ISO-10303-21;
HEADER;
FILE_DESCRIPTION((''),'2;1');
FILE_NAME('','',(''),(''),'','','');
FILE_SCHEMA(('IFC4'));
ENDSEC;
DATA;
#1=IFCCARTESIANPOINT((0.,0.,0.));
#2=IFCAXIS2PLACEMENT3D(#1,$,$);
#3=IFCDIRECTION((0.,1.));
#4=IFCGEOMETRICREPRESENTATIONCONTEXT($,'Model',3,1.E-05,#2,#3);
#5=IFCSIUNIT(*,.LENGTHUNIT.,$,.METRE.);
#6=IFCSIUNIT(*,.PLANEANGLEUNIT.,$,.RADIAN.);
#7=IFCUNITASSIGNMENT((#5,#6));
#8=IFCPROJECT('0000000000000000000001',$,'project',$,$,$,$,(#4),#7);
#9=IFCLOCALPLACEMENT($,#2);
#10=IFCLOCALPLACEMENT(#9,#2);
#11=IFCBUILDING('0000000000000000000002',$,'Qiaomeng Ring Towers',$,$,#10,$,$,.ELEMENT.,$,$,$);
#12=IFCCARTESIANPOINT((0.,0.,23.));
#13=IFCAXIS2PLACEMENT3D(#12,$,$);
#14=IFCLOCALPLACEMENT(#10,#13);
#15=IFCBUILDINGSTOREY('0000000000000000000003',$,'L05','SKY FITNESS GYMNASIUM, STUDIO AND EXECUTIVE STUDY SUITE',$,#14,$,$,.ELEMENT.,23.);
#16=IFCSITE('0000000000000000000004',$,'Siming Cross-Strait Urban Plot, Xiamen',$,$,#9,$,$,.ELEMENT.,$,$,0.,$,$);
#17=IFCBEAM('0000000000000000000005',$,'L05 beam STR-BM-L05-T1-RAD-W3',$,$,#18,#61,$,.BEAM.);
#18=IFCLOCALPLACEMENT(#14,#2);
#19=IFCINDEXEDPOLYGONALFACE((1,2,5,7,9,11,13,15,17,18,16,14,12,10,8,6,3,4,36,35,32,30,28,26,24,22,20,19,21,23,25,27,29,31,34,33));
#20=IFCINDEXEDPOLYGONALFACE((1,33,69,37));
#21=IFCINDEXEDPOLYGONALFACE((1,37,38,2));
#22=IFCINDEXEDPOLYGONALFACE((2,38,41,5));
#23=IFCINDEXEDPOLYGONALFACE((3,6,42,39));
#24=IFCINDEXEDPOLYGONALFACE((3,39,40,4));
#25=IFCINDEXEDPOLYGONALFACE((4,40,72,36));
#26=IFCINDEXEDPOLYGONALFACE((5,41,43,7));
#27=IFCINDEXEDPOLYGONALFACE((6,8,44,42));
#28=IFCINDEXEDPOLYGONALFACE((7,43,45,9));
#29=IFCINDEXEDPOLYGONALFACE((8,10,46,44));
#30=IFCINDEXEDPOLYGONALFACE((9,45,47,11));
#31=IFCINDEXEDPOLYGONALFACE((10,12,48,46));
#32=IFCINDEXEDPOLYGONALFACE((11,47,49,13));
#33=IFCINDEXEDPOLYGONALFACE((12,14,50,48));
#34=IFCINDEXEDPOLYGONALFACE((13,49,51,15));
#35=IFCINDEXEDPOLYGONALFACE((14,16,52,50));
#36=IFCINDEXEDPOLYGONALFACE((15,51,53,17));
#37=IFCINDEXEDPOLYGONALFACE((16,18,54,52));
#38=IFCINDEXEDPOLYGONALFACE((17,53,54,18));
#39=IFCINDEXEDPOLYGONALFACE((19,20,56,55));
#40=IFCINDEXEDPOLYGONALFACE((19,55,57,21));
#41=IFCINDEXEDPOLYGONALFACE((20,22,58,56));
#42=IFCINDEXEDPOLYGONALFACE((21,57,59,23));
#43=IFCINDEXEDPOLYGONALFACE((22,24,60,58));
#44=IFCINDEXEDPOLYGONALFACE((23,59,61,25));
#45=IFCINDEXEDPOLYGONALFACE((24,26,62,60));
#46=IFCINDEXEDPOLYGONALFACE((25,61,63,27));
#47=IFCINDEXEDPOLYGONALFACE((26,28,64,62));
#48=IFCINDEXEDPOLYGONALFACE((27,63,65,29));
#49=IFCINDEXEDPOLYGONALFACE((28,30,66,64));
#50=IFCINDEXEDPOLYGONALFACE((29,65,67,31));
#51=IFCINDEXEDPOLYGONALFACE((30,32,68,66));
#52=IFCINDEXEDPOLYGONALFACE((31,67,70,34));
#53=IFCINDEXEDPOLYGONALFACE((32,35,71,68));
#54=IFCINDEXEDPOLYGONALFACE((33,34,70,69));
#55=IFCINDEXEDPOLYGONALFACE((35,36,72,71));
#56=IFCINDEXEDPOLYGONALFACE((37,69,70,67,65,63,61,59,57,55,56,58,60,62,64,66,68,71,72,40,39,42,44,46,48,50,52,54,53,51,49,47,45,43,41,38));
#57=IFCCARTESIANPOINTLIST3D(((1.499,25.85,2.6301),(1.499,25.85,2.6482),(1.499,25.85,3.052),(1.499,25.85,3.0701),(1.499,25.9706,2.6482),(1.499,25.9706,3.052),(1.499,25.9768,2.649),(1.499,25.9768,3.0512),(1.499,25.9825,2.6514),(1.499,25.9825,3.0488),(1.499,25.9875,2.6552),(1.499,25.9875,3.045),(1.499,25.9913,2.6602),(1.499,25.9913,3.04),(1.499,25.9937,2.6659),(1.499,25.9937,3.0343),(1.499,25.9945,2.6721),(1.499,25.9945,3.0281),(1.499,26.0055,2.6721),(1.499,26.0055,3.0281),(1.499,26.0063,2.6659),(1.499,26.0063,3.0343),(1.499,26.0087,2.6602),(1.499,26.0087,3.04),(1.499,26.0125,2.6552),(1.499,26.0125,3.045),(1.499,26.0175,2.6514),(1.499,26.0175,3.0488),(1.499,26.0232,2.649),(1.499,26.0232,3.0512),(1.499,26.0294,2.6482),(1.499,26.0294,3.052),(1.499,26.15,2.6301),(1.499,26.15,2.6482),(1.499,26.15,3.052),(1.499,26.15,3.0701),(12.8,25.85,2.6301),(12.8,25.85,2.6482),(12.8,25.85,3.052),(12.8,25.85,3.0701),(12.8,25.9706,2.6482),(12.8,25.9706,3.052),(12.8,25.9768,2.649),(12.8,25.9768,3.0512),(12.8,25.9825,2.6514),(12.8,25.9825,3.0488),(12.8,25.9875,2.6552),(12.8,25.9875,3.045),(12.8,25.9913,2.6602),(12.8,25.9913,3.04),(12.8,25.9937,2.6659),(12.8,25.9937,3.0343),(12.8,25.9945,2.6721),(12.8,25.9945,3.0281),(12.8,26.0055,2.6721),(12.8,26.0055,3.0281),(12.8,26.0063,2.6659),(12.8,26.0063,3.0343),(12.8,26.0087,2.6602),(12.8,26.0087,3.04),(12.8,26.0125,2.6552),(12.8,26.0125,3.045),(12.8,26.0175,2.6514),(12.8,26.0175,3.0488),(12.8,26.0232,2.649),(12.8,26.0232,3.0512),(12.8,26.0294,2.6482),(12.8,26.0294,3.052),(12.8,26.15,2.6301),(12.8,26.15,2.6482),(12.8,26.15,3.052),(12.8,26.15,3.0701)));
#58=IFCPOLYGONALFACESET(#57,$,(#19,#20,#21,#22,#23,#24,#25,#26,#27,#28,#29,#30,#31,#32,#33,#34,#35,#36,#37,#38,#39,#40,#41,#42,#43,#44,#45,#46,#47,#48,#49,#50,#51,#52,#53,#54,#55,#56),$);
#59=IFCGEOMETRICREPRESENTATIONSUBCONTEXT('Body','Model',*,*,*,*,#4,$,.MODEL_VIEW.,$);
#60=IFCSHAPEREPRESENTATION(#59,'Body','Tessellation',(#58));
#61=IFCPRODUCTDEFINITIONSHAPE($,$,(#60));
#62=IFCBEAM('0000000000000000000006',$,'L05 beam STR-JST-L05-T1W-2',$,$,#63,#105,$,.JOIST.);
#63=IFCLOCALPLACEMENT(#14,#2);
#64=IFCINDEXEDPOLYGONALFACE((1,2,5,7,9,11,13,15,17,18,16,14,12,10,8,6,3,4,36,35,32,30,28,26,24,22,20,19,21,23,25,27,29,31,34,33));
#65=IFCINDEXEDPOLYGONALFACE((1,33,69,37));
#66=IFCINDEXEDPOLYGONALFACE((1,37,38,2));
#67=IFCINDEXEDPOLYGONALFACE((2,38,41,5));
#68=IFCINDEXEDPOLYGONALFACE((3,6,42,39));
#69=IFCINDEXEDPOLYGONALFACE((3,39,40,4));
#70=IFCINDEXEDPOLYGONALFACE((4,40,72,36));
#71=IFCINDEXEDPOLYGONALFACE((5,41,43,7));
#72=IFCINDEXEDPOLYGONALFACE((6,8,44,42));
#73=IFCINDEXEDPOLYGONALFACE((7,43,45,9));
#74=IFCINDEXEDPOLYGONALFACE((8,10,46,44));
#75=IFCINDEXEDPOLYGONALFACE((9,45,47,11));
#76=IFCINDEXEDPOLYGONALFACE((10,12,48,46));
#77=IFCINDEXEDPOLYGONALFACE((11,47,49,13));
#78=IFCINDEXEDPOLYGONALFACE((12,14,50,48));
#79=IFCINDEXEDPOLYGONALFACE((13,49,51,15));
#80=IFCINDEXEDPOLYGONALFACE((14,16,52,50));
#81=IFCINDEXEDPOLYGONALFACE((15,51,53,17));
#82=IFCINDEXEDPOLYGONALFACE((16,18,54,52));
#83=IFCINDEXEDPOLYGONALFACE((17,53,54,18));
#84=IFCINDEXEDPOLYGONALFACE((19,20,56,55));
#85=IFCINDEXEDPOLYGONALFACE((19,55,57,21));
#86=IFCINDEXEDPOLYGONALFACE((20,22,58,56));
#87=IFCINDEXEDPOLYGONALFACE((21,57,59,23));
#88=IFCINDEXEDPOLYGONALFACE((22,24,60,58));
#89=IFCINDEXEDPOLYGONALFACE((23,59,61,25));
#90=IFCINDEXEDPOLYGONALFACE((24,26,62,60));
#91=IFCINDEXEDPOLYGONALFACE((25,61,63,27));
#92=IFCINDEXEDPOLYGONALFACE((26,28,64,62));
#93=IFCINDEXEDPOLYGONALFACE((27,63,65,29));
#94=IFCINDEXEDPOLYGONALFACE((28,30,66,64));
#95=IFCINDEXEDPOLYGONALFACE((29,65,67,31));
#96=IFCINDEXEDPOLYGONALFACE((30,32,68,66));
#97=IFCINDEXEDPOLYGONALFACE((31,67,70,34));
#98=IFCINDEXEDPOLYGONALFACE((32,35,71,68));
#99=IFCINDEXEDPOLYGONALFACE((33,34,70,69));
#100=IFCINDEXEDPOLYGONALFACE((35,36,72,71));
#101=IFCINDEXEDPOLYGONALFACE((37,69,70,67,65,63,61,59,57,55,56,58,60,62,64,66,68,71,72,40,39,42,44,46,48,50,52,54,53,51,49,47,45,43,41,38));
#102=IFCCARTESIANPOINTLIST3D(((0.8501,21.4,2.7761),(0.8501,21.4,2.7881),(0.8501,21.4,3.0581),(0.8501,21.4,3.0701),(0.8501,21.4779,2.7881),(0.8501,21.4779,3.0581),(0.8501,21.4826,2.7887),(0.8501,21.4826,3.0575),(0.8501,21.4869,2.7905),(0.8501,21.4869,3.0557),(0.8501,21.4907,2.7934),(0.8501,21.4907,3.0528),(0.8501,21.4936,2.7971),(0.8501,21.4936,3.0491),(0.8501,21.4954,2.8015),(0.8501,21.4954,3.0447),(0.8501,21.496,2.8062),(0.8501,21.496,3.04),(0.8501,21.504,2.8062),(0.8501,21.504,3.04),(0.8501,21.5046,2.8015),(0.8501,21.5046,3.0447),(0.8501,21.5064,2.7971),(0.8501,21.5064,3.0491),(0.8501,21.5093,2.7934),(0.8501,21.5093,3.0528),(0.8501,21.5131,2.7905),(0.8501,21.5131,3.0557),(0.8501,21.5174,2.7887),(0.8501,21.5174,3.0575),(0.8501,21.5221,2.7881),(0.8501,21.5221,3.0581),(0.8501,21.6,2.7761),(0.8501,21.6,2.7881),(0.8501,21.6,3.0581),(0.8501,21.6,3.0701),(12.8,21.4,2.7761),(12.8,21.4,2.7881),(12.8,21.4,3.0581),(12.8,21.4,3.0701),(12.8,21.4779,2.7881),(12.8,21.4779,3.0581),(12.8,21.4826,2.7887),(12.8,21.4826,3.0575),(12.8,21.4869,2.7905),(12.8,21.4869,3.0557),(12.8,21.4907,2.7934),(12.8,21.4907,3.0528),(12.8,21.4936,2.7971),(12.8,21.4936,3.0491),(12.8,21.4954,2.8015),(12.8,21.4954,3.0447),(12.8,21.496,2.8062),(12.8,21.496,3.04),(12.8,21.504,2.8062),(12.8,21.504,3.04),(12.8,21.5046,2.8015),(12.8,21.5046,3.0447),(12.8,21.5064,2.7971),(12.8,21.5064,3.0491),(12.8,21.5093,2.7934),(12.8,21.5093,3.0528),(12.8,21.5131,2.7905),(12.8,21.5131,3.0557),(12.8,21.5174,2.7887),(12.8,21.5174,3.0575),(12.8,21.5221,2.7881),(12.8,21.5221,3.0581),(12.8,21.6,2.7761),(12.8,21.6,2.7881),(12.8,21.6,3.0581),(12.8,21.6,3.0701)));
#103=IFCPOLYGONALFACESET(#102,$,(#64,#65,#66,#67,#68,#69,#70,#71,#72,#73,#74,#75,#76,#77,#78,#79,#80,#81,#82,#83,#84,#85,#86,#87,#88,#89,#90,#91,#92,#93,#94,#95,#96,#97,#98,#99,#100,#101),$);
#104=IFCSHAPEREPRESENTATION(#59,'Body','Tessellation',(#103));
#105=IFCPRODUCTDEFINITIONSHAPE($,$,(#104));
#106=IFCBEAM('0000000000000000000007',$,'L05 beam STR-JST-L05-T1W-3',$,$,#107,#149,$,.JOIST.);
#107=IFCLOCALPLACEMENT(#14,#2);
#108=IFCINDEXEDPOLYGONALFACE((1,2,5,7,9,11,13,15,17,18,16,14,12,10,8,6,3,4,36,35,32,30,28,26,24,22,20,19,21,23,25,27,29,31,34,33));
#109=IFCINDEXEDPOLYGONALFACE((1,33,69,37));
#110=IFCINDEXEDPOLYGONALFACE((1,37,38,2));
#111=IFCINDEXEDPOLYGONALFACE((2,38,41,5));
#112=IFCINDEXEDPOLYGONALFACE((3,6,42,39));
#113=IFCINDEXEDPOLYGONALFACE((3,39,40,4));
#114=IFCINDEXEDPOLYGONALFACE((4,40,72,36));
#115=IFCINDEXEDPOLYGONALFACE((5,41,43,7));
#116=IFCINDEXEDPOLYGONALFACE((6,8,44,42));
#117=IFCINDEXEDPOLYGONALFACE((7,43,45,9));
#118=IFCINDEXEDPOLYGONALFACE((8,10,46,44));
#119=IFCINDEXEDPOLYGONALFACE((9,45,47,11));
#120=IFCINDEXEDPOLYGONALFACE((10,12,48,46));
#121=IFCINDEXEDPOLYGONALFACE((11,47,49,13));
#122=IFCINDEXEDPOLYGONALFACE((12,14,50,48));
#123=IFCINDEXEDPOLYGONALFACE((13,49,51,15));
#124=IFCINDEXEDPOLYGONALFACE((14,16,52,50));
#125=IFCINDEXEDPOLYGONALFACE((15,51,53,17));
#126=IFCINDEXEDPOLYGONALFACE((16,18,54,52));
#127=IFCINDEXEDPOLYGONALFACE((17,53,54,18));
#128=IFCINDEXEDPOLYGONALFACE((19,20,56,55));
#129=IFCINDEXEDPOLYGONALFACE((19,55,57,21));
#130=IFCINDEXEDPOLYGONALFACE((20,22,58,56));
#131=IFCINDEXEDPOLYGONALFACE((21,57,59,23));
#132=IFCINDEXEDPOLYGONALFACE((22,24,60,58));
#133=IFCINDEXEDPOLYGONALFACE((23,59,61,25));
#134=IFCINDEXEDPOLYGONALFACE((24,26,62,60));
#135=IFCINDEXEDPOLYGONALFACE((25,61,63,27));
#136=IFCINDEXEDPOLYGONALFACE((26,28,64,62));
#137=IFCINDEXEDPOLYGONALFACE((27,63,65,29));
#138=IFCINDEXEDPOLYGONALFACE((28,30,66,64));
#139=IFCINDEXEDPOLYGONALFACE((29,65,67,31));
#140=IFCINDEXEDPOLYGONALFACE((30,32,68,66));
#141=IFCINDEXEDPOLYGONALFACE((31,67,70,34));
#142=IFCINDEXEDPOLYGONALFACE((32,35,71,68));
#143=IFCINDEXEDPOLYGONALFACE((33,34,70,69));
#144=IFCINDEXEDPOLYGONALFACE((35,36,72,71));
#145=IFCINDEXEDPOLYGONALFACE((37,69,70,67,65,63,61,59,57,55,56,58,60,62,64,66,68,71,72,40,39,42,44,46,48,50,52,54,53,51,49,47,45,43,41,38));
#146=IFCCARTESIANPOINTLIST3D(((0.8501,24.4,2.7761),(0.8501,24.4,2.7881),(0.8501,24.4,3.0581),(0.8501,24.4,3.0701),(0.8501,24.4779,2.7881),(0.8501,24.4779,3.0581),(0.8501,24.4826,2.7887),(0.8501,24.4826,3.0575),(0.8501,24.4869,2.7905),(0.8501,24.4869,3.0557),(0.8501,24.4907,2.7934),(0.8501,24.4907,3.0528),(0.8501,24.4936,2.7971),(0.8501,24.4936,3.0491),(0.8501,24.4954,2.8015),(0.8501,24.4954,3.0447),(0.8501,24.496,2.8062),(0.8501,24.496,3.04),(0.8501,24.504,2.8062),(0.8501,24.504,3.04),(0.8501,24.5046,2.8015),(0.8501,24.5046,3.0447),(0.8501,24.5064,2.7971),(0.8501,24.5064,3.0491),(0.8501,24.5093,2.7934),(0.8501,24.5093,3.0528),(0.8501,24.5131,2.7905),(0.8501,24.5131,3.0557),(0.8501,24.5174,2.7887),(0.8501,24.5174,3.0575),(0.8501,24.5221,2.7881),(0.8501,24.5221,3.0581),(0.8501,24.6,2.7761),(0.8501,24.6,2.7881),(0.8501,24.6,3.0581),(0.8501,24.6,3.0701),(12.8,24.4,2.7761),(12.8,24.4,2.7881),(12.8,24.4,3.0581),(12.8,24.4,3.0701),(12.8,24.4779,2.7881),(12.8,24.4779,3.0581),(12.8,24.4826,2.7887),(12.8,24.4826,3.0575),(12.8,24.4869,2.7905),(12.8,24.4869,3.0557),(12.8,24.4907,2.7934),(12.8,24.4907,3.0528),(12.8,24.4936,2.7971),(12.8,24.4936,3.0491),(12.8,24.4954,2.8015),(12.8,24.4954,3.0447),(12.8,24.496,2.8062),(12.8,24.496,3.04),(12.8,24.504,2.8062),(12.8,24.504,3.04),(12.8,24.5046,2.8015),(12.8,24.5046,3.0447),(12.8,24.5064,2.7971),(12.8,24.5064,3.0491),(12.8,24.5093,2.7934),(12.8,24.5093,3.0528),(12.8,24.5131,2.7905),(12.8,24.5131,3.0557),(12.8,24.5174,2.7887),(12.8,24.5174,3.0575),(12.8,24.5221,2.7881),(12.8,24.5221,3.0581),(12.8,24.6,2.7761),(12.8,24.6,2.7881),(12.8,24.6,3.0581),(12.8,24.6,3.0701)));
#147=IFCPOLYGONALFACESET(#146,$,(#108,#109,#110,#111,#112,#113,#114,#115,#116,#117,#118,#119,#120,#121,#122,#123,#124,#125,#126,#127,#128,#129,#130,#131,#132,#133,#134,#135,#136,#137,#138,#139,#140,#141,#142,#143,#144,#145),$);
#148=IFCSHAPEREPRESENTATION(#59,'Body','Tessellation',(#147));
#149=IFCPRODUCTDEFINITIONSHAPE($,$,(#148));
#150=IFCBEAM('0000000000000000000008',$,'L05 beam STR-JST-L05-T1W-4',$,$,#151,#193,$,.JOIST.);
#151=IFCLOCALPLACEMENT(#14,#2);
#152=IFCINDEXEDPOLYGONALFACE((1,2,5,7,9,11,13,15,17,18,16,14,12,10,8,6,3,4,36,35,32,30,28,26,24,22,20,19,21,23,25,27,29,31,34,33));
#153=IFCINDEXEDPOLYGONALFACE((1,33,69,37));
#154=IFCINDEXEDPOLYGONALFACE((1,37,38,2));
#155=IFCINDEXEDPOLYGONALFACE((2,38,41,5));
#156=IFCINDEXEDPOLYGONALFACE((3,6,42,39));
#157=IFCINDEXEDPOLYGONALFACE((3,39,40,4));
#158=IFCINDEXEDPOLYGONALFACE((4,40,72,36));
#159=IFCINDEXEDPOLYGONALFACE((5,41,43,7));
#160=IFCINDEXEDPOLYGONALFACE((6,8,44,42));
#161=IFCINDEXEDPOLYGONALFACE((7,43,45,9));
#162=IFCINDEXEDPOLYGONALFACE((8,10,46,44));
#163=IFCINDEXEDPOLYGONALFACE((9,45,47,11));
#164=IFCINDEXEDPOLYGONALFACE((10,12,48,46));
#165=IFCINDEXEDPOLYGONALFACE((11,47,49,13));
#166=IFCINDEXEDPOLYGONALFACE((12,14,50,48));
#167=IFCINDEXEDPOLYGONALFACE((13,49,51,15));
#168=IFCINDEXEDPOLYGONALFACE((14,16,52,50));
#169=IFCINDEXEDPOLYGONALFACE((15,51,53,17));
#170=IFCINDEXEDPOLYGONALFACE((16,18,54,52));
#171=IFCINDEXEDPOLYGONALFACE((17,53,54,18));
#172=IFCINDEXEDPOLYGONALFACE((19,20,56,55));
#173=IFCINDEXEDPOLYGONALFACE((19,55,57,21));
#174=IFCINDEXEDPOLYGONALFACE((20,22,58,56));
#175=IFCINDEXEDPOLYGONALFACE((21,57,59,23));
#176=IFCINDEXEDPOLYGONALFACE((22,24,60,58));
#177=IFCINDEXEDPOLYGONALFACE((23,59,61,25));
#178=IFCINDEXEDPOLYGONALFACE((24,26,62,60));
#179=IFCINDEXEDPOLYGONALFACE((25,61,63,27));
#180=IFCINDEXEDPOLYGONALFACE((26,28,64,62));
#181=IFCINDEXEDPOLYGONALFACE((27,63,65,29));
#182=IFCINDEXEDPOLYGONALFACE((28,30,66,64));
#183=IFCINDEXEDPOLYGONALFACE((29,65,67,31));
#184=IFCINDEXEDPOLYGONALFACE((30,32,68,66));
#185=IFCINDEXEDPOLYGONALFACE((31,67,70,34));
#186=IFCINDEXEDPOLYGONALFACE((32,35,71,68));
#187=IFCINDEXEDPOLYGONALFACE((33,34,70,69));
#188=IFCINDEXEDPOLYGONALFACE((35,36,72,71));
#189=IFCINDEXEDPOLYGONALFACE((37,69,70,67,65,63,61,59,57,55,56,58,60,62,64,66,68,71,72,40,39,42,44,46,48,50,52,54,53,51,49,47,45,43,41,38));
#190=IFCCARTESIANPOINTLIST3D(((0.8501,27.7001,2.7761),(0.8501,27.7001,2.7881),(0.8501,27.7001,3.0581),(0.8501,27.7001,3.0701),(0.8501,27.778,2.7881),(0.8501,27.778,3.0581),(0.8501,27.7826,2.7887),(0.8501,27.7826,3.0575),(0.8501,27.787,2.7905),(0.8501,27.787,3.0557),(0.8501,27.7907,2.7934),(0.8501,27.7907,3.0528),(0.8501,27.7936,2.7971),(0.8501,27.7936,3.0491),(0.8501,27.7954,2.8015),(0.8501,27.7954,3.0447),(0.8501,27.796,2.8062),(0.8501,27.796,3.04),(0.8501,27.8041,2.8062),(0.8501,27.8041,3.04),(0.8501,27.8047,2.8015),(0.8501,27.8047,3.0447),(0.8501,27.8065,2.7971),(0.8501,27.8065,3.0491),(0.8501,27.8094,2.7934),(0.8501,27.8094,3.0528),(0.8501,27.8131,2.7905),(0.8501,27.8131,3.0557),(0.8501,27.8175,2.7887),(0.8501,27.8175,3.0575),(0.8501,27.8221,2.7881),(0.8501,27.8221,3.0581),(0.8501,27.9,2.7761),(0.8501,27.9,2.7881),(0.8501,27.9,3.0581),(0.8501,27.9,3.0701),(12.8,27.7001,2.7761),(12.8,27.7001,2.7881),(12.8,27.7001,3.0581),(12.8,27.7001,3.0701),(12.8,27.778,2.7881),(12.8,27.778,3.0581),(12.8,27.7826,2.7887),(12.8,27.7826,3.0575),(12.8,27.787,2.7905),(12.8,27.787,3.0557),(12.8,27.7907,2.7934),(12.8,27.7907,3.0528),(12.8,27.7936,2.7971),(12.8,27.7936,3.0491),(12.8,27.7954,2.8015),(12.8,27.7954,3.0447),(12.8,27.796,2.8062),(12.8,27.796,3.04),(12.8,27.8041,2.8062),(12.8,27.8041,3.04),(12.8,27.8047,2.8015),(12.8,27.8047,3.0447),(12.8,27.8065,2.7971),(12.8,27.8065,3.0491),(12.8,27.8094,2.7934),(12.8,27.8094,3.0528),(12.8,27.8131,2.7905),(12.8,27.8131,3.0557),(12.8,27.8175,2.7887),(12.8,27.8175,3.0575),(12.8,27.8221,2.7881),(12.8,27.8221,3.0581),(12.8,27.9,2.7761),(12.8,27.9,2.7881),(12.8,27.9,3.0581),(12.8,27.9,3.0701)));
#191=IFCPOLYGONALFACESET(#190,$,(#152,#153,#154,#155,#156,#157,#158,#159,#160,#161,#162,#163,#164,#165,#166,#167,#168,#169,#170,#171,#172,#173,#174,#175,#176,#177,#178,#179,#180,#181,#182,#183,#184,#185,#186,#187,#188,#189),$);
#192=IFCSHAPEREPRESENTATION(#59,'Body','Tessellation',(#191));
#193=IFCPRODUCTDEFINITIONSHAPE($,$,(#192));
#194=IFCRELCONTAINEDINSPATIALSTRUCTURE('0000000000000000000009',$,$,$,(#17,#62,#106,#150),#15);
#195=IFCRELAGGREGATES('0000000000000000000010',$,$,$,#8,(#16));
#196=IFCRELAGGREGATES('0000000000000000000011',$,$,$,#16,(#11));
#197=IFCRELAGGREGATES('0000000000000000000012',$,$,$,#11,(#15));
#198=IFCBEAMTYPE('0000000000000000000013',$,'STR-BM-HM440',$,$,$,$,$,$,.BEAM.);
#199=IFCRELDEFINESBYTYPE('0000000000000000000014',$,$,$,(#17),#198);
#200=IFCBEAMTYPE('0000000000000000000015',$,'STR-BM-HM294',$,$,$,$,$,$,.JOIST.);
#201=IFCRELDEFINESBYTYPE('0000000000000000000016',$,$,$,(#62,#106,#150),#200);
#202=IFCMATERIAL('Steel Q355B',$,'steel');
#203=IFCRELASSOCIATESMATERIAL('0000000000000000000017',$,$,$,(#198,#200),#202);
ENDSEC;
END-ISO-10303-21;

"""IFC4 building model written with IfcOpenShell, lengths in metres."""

from ifc_helpers import new_model, si_unit, direction, frame, origin, origin_2d, place, context, subcontext, project, spatial, i_section, extrude, source, transform, mapped, material, material_profile, profile_set, type_object, element, save


model = new_model("IFC4")

# Units and contexts
model_context = context("Model", 3, precision=1e-05, world=origin(), true_north=direction((0.0, 1.0)))
body_context = subcontext(model_context, "Body", "Model", "MODEL_VIEW")
ifc_project = project(units=[si_unit("LENGTHUNIT", "METRE"), si_unit("PLANEANGLEUNIT", "RADIAN")], contexts=[model_context])

# Site, building, storey
site_placement = place(None, origin())
site = spatial("IfcSite", under=ifc_project, at=site_placement, Name="Siming Cross-Strait Urban Plot, Xiamen", CompositionType="ELEMENT", RefElevation=0.0)
building_placement = place(site_placement, origin())
building = spatial("IfcBuilding", under=site, at=building_placement, Name="Qiaomeng Ring Towers", CompositionType="ELEMENT")
storey_placement = place(building_placement, frame((0.0, 0.0, 23.0)))
storey = spatial("IfcBuildingStorey", under=building, at=storey_placement, Name="L05", Description="SKY FITNESS GYMNASIUM, STUDIO AND EXECUTIVE STUDY SUITE", CompositionType="ELEMENT", Elevation=23.0)

# Beams
ifc_material_1 = material(Name="Steel Q355B", Category="steel")
ifc_material_profile_1 = material_profile(ifc_material_1, i_section(OverallWidth=0.3, OverallDepth=0.4399, WebThickness=0.011, FlangeThickness=0.0181, FilletRadius=0.0239, at=origin_2d()), Name="HM 440x300x11x18")
ifc_profile_set_1 = profile_set([ifc_material_profile_1], Name="Steel Q355B")
beam_type_1 = type_object("IfcBeamType", Name="STR-BM-HM440", PredefinedType="BEAM", material=ifc_profile_set_1)
shared_shape_1 = source(origin(), body_context, "Body", "SweptSolid", [
    extrude(i_section(OverallWidth=0.3, OverallDepth=0.4399, WebThickness=0.011, FlangeThickness=0.0181, FilletRadius=0.0239, at=origin_2d()), origin(), (0.0, 0.0, 1.0), 11.301),
])
for number, where, z_axis, x_axis, name in (
    (1, (1.499, 26.0, 2.8501), (1.0, 0.0, 0.0), (0.0, 1.0, 0.0), "L05 beam STR-BM-L05-T1-RAD-W3"),
):
    element("IfcBeam", number, at=place(storey_placement, frame(where, z_axis=z_axis, x_axis=x_axis)), inside=storey, type_object=beam_type_1, Name=name, PredefinedType="BEAM", context=body_context, shape_type="MappedRepresentation", body=[
        mapped(shared_shape_1, transform((0.0, 0.0, 0.0), x_axis=(1.0, 0.0, 0.0), y_axis=(0.0, 1.0, 0.0), z_axis=(0.0, 0.0, 1.0), scale=1.0)),
    ])
ifc_material_profile_2 = material_profile(ifc_material_1, i_section(OverallWidth=0.2, OverallDepth=0.2939, WebThickness=0.0081, FlangeThickness=0.012, FilletRadius=0.0181, at=origin_2d()), Name="HM 294x200x8x12")
ifc_profile_set_2 = profile_set([ifc_material_profile_2], Name="Steel Q355B")
beam_type_2 = type_object("IfcBeamType", Name="STR-BM-HM294", PredefinedType="JOIST", material=ifc_profile_set_2)
shared_shape_2 = source(origin(), body_context, "Body", "SweptSolid", [
    extrude(i_section(OverallWidth=0.2, OverallDepth=0.2939, WebThickness=0.0081, FlangeThickness=0.012, FilletRadius=0.0181, at=origin_2d()), origin(), (0.0, 0.0, 1.0), 11.95),
])
for number, where, z_axis, x_axis, name in (
    (2, (0.8501, 21.5, 2.9231), (1.0, 0.0, 0.0), (0.0, 1.0, 0.0), "L05 beam STR-JST-L05-T1W-2"),
    (3, (0.8501, 24.5, 2.9231), (1.0, 0.0, 0.0), (0.0, 1.0, 0.0), "L05 beam STR-JST-L05-T1W-3"),
    (4, (0.8501, 27.8, 2.9231), (1.0, 0.0, 0.0), (0.0, 1.0, 0.0), "L05 beam STR-JST-L05-T1W-4"),
):
    element("IfcBeam", number, at=place(storey_placement, frame(where, z_axis=z_axis, x_axis=x_axis)), inside=storey, type_object=beam_type_2, Name=name, PredefinedType="JOIST", context=body_context, shape_type="MappedRepresentation", body=[
        mapped(shared_shape_2, transform((0.0, 0.0, 0.0), x_axis=(1.0, 0.0, 0.0), y_axis=(0.0, 1.0, 0.0), z_axis=(0.0, 0.0, 1.0), scale=1.0)),
    ])

save(model, "model.ifc")
